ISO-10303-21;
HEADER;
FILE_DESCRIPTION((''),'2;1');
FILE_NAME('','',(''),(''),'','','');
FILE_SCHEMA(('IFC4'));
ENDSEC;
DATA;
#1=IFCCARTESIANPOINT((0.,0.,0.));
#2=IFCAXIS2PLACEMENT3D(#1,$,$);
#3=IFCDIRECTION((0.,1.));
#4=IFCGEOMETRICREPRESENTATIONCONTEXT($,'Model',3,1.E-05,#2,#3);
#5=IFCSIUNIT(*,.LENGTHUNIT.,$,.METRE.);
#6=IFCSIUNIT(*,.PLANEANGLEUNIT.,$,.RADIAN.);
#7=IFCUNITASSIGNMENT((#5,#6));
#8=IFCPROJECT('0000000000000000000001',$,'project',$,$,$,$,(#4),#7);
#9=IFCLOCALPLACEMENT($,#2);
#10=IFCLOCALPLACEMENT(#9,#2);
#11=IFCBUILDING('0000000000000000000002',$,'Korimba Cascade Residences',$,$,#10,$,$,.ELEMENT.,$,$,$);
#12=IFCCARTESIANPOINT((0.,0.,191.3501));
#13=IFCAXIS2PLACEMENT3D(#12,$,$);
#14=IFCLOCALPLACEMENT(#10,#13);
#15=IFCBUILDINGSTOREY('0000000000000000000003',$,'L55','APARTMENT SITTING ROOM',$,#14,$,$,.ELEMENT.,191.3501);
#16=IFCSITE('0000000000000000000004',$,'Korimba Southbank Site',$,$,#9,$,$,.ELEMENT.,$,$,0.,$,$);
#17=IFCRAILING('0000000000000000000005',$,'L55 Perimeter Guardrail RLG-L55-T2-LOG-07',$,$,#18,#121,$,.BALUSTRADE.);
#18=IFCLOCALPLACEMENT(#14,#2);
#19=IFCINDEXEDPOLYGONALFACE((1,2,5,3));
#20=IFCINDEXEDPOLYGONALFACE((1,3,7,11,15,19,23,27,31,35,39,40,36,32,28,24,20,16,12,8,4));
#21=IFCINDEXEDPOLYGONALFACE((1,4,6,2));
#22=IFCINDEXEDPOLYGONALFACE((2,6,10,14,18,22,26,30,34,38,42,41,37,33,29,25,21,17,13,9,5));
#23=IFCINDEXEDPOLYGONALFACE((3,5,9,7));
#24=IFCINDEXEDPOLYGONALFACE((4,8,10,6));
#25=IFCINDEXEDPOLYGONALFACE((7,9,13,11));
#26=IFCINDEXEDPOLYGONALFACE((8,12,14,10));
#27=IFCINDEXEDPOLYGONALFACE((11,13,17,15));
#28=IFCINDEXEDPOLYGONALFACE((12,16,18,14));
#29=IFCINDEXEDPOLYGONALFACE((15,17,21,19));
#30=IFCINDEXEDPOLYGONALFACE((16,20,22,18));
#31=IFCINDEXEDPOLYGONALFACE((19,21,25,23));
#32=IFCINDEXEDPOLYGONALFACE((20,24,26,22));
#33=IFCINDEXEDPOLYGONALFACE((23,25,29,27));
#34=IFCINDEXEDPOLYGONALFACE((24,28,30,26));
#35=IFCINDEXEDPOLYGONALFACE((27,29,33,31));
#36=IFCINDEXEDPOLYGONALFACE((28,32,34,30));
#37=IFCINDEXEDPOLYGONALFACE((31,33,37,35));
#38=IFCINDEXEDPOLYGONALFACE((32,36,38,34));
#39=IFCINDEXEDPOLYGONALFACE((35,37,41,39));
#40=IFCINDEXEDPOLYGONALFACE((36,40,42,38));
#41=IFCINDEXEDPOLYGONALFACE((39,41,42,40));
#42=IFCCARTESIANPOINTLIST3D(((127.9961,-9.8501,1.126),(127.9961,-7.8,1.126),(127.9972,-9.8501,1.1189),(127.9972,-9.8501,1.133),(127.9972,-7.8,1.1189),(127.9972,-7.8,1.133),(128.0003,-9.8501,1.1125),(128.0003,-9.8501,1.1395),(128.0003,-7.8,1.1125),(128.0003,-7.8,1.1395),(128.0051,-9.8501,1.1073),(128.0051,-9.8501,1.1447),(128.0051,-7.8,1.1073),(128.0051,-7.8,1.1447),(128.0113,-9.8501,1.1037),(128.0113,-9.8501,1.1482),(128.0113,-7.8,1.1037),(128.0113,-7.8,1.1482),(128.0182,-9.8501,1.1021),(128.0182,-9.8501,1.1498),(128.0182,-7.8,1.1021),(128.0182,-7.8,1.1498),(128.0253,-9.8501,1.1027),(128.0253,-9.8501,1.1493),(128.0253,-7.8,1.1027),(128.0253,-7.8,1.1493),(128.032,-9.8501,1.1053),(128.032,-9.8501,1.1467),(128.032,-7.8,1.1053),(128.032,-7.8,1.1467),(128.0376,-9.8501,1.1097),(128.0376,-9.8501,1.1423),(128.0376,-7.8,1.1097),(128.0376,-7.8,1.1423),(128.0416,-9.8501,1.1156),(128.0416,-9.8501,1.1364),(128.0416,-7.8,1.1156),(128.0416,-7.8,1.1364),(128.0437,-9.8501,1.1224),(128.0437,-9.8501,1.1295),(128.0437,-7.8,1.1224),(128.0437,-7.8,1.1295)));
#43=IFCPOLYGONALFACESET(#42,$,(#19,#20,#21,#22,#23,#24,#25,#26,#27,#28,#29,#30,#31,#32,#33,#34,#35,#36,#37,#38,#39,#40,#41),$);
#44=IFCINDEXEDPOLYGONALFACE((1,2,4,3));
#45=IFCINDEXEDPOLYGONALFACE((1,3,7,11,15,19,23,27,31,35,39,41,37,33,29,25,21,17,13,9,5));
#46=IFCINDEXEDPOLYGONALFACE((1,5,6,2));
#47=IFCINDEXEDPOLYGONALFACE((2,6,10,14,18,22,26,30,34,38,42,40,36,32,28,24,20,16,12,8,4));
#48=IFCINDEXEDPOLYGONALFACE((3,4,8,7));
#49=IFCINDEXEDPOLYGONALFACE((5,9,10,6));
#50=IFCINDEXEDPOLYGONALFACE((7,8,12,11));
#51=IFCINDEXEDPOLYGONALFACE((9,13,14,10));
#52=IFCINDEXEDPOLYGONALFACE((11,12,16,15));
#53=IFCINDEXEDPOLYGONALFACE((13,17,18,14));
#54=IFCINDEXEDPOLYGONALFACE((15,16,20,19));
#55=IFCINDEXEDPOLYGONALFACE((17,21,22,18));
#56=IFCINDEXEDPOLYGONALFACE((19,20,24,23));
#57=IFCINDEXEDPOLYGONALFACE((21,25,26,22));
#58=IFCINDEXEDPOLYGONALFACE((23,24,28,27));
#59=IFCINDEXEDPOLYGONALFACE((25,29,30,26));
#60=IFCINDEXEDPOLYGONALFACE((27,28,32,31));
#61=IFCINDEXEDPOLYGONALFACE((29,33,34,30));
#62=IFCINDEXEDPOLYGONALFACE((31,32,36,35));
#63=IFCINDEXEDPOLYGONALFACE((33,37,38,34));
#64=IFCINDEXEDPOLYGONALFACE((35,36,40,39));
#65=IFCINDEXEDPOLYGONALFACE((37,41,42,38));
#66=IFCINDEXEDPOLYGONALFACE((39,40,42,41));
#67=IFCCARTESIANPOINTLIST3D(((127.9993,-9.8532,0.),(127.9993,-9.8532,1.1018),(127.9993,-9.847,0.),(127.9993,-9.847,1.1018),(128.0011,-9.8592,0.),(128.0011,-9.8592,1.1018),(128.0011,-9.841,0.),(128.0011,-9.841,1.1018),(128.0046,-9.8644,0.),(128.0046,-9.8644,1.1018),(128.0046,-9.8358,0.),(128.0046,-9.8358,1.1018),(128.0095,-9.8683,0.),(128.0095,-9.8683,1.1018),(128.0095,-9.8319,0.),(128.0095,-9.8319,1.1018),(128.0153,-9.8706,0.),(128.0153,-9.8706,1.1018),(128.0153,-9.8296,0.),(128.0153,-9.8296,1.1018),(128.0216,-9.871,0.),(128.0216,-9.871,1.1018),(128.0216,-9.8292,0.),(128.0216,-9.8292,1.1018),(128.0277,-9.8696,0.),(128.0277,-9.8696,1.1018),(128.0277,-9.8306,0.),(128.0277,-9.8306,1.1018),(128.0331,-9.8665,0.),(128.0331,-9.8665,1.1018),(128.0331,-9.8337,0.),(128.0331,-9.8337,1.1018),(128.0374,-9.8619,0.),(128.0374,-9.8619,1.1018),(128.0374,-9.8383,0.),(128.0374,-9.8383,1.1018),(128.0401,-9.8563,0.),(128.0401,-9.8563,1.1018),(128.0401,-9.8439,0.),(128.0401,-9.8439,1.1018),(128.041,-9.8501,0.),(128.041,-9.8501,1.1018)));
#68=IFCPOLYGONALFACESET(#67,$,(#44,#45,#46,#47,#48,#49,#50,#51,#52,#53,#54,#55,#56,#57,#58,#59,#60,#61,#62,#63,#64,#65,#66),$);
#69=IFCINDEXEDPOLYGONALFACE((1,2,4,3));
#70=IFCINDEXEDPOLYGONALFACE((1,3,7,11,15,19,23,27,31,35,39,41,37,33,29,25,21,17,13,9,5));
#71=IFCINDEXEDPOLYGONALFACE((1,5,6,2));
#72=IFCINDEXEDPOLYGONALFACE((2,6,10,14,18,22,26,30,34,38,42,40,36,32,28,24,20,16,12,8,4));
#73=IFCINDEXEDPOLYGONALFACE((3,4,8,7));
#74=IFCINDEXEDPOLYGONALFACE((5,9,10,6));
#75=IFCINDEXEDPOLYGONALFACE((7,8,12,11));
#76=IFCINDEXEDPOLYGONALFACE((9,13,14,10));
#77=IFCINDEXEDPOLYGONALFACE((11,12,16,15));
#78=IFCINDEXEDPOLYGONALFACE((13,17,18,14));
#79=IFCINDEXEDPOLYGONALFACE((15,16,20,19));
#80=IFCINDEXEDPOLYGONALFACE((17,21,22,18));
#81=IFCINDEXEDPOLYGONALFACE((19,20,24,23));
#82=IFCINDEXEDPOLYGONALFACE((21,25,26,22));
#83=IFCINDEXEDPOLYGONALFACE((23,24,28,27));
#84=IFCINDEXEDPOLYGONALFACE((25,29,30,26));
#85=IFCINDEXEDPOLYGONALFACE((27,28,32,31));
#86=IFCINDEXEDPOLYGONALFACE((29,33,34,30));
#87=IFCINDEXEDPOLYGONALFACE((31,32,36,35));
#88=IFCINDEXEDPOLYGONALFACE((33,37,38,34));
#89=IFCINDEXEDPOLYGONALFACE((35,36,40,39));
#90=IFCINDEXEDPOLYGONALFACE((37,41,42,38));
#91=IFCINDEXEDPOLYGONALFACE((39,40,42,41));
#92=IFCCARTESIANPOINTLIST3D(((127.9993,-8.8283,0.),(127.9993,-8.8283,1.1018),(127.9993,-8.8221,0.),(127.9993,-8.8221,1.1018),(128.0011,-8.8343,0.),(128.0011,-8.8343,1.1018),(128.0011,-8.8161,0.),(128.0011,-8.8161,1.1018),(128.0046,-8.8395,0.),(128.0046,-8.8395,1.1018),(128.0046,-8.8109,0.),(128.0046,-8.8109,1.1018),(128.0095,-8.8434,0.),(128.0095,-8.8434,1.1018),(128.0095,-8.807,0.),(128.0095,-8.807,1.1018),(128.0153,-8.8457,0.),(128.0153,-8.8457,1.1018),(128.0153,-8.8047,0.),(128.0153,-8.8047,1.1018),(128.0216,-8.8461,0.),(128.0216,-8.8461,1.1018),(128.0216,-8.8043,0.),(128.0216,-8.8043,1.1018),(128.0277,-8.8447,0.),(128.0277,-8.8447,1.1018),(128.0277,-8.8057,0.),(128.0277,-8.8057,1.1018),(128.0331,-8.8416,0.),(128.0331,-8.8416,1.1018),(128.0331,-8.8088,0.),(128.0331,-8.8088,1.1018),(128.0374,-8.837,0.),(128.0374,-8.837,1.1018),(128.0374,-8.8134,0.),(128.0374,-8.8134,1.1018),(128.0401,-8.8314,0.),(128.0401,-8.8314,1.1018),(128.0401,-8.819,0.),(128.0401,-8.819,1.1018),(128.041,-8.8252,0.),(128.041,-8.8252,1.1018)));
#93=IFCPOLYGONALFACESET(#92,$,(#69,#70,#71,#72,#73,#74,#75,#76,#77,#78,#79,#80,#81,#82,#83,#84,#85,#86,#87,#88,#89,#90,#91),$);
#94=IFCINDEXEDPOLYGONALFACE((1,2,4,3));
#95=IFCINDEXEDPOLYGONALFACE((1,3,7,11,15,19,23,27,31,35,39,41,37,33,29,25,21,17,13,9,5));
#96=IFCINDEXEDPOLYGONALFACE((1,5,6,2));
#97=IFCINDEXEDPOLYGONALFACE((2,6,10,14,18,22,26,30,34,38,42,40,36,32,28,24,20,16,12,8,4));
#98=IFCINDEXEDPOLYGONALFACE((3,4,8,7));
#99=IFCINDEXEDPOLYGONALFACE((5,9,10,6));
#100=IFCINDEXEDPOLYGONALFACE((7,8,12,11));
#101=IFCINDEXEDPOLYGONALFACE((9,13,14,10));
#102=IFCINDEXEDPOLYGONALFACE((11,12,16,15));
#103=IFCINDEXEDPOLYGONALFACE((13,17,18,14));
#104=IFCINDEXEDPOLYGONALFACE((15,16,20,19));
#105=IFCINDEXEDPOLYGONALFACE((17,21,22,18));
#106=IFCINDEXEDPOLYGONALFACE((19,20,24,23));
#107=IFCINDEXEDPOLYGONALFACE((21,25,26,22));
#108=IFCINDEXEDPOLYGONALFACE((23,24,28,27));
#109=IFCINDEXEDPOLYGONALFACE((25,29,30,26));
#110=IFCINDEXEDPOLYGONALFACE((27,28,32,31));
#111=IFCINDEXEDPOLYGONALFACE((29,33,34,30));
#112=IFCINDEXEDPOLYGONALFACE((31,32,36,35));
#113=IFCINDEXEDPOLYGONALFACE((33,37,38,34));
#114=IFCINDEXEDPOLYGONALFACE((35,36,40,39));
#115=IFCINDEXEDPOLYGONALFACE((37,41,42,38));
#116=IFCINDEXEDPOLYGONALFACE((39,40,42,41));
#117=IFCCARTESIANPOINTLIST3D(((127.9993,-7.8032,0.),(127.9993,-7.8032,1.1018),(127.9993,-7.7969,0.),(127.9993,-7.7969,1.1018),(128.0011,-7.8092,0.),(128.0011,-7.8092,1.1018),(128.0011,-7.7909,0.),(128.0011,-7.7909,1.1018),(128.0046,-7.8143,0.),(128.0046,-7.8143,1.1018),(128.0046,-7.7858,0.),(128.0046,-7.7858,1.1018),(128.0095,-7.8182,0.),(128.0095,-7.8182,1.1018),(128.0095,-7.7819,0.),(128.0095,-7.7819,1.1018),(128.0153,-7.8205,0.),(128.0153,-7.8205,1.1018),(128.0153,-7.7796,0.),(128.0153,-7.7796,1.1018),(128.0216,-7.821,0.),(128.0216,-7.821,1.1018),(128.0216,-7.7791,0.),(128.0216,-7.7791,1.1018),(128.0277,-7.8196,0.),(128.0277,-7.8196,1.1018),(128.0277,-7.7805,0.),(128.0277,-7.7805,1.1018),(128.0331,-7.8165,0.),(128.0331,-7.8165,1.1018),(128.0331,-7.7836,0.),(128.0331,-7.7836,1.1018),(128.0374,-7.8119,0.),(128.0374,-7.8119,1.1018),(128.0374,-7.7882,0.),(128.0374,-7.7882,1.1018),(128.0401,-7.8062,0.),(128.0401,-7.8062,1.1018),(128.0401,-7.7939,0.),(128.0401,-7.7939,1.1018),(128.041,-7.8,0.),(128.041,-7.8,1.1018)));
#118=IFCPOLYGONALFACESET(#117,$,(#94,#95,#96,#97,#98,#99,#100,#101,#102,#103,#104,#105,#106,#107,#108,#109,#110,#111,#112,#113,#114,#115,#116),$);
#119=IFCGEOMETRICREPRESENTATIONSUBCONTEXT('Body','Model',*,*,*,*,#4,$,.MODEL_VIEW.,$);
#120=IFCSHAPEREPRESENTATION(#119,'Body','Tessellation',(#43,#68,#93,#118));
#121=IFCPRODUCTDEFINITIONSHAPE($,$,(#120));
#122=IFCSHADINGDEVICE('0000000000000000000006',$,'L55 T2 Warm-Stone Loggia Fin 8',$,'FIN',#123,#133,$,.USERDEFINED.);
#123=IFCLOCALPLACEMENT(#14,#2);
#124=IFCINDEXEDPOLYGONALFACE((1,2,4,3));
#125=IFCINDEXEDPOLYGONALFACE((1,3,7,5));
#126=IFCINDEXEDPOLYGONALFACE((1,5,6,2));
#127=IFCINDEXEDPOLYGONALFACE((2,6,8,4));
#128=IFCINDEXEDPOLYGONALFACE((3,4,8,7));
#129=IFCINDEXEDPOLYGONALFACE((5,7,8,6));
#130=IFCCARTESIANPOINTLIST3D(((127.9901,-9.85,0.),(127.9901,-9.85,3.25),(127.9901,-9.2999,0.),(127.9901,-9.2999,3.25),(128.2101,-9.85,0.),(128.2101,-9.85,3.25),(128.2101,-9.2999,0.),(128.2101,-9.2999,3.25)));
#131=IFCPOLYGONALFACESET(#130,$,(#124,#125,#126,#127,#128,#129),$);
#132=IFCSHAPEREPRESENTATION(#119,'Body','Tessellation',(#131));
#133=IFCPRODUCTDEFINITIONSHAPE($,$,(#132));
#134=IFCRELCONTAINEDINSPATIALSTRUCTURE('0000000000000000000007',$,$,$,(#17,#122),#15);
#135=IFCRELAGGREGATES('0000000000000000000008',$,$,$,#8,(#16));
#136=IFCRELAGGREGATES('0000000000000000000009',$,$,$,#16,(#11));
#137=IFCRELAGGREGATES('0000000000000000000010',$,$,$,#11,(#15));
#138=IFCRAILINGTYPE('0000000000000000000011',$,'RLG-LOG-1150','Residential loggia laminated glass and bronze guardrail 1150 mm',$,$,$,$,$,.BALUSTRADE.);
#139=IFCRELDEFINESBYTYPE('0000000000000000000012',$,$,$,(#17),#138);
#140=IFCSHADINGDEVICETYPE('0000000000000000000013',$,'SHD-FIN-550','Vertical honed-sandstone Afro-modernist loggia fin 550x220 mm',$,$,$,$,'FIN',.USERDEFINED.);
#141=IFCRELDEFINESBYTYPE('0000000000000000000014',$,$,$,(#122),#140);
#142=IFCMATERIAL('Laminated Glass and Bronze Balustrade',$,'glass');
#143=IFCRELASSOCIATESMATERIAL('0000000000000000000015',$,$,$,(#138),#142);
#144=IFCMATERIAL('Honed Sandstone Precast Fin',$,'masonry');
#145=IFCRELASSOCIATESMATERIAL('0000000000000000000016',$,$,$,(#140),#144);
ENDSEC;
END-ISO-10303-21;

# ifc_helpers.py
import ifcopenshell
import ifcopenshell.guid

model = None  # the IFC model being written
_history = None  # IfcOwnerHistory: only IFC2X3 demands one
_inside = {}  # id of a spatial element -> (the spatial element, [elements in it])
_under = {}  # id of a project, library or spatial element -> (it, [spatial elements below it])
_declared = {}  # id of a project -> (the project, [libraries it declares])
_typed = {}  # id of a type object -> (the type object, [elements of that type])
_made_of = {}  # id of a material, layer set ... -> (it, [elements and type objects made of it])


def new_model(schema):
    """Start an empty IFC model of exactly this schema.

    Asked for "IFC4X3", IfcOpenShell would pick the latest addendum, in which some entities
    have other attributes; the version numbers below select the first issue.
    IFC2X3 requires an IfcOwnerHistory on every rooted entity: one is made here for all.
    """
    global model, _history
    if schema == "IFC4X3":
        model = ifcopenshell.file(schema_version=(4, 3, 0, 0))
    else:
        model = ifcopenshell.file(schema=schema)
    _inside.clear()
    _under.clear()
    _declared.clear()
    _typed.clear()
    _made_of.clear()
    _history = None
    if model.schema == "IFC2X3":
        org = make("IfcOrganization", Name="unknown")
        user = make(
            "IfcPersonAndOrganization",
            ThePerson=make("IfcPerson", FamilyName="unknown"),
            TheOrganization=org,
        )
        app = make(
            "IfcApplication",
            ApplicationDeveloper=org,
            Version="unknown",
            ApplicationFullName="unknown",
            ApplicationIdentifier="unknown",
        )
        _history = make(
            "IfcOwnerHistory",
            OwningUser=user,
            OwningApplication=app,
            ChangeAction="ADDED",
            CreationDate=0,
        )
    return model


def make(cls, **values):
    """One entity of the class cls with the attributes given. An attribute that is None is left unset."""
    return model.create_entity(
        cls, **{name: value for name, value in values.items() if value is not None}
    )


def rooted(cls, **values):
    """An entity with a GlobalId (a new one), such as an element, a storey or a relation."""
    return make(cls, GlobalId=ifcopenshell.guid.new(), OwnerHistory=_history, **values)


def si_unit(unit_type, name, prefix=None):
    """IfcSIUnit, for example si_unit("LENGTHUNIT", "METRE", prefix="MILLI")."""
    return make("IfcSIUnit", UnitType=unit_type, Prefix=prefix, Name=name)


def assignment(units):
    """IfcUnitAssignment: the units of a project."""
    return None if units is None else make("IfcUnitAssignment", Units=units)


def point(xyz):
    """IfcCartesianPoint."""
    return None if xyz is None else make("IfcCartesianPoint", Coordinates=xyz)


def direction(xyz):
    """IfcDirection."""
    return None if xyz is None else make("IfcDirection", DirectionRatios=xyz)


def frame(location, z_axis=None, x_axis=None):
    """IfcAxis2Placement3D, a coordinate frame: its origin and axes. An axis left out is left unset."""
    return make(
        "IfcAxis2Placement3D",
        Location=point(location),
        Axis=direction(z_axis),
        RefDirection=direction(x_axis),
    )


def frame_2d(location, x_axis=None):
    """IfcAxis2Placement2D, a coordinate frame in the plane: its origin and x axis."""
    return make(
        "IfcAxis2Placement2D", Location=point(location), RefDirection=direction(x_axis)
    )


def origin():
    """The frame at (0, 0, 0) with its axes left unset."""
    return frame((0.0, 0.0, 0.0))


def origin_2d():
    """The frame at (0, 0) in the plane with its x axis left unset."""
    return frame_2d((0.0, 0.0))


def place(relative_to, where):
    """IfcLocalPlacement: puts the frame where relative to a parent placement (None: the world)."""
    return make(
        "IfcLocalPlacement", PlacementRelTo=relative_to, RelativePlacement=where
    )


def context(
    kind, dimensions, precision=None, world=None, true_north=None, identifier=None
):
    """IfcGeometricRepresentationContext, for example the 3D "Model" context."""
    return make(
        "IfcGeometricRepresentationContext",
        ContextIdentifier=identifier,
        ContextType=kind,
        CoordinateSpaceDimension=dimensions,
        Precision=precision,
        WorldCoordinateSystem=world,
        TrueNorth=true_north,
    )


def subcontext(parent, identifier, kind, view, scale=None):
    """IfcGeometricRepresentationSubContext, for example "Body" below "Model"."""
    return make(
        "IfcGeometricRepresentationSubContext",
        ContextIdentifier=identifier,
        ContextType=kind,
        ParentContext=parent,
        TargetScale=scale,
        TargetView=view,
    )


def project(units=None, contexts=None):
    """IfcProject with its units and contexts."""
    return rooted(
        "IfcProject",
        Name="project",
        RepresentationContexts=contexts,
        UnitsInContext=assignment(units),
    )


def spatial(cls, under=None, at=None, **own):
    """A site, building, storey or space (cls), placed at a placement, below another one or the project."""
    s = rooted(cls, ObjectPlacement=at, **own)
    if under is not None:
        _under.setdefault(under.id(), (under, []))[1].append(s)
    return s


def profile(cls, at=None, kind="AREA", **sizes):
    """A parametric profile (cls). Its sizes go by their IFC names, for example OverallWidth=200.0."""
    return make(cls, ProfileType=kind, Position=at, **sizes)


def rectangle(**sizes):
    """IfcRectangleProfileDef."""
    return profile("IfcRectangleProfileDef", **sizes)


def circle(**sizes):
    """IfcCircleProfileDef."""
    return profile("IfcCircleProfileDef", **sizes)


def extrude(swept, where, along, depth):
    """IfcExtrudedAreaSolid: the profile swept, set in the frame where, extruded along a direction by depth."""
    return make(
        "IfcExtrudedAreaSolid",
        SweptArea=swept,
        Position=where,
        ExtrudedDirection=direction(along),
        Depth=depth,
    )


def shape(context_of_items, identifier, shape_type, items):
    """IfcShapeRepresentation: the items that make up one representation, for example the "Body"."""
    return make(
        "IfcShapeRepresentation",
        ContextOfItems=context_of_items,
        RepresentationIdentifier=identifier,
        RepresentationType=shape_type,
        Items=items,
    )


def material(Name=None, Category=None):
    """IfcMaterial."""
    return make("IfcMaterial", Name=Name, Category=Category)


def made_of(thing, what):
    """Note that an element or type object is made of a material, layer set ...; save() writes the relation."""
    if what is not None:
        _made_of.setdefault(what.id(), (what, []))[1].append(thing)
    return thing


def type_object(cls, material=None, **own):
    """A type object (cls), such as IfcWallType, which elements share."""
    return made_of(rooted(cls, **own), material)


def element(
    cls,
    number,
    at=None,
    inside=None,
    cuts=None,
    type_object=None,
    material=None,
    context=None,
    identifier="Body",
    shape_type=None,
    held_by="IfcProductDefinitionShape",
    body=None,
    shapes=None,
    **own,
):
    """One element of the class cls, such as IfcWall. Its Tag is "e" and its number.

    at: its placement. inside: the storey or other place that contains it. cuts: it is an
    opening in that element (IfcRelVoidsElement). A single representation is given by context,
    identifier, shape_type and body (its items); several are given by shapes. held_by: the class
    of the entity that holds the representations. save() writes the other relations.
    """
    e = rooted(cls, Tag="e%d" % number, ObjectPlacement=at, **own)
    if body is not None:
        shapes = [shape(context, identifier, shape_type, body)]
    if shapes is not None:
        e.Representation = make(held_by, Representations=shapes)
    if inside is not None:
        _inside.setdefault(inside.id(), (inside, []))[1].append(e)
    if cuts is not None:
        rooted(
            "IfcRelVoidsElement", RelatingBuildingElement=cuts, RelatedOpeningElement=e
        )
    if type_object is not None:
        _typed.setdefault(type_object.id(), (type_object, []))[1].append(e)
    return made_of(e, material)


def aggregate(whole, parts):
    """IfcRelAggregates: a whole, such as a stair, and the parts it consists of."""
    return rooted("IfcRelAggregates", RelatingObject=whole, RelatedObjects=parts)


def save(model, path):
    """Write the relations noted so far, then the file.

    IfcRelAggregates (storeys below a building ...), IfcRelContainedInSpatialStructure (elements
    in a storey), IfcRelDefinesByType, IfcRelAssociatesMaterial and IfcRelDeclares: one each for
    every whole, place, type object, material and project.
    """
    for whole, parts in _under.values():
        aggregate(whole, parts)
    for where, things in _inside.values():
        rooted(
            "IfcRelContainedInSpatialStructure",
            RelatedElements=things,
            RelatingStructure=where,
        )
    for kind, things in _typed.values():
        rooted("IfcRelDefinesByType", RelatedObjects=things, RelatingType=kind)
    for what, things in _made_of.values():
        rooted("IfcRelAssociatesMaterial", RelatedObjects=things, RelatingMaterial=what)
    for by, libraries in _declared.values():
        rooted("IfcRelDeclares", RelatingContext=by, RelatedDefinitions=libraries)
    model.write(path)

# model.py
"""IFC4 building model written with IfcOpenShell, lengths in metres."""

from ifc_helpers import new_model, si_unit, direction, frame, origin, origin_2d, place, context, subcontext, project, spatial, rectangle, circle, extrude, material, type_object, element, save


model = new_model("IFC4")

# Units and contexts
model_context = context("Model", 3, precision=1e-05, world=origin(), true_north=direction((0.0, 1.0)))
body_context = subcontext(model_context, "Body", "Model", "MODEL_VIEW")
ifc_project = project(units=[si_unit("LENGTHUNIT", "METRE"), si_unit("PLANEANGLEUNIT", "RADIAN")], contexts=[model_context])

# Site, building, storey
site_placement = place(None, origin())
site = spatial("IfcSite", under=ifc_project, at=site_placement, Name="Korimba Southbank Site", CompositionType="ELEMENT", RefElevation=0.0)
building_placement = place(site_placement, origin())
building = spatial("IfcBuilding", under=site, at=building_placement, Name="Korimba Cascade Residences", CompositionType="ELEMENT")
storey_placement = place(building_placement, frame((0.0, 0.0, 191.3501)))
storey = spatial("IfcBuildingStorey", under=building, at=storey_placement, Name="L55", Description="APARTMENT SITTING ROOM", CompositionType="ELEMENT", Elevation=191.3501)

# Railing
ifc_material_1 = material(Name="Laminated Glass and Bronze Balustrade", Category="glass")
railing_type = type_object("IfcRailingType", Name="RLG-LOG-1150", Description="Residential loggia laminated glass and bronze guardrail 1150 mm", PredefinedType="BALUSTRADE", material=ifc_material_1)
railing_placement = place(storey_placement, frame((128.02, -9.8501, 0.0)))
element("IfcRailing", 1, at=railing_placement, inside=storey, type_object=railing_type, Name="L55 Perimeter Guardrail RLG-L55-T2-LOG-07", PredefinedType="BALUSTRADE", context=body_context, shape_type="SweptSolid", body=[
    extrude(circle(Radius=0.0239, at=origin_2d()), frame((0.0, 0.0, 1.126), z_axis=(0.0, 1.0, 0.0), x_axis=(-1.0, 0.0, 0.0)), (0.0, 0.0, 1.0), 2.05),
    extrude(circle(Radius=0.021, at=origin_2d()), origin(), (0.0, 0.0, 1.0), 1.1018),
    extrude(circle(Radius=0.021, at=origin_2d()), frame((0.0, 1.0249, 0.0)), (0.0, 0.0, 1.0), 1.1018),
    extrude(circle(Radius=0.021, at=origin_2d()), frame((0.0, 2.05, 0.0)), (0.0, 0.0, 1.0), 1.1018),
])

# Shading device
ifc_material_2 = material(Name="Honed Sandstone Precast Fin", Category="masonry")
shading_device_type = type_object("IfcShadingDeviceType", Name="SHD-FIN-550", Description="Vertical honed-sandstone Afro-modernist loggia fin 550x220 mm", ElementType="FIN", PredefinedType="USERDEFINED", material=ifc_material_2)
shading_device_placement = place(storey_placement, frame((128.1001, -9.575, 0.0), z_axis=(0.0, 0.0, 1.0), x_axis=(1.0, 0.0, 0.0)))
element("IfcShadingDevice", 2, at=shading_device_placement, inside=storey, type_object=shading_device_type, Name="L55 T2 Warm-Stone Loggia Fin 8", ObjectType="FIN", PredefinedType="USERDEFINED", context=body_context, shape_type="SweptSolid", body=[
    extrude(rectangle(XDim=0.22, YDim=0.55, at=origin_2d()), origin(), (0.0, 0.0, 1.0), 3.25),
])

save(model, "model.ifc")
